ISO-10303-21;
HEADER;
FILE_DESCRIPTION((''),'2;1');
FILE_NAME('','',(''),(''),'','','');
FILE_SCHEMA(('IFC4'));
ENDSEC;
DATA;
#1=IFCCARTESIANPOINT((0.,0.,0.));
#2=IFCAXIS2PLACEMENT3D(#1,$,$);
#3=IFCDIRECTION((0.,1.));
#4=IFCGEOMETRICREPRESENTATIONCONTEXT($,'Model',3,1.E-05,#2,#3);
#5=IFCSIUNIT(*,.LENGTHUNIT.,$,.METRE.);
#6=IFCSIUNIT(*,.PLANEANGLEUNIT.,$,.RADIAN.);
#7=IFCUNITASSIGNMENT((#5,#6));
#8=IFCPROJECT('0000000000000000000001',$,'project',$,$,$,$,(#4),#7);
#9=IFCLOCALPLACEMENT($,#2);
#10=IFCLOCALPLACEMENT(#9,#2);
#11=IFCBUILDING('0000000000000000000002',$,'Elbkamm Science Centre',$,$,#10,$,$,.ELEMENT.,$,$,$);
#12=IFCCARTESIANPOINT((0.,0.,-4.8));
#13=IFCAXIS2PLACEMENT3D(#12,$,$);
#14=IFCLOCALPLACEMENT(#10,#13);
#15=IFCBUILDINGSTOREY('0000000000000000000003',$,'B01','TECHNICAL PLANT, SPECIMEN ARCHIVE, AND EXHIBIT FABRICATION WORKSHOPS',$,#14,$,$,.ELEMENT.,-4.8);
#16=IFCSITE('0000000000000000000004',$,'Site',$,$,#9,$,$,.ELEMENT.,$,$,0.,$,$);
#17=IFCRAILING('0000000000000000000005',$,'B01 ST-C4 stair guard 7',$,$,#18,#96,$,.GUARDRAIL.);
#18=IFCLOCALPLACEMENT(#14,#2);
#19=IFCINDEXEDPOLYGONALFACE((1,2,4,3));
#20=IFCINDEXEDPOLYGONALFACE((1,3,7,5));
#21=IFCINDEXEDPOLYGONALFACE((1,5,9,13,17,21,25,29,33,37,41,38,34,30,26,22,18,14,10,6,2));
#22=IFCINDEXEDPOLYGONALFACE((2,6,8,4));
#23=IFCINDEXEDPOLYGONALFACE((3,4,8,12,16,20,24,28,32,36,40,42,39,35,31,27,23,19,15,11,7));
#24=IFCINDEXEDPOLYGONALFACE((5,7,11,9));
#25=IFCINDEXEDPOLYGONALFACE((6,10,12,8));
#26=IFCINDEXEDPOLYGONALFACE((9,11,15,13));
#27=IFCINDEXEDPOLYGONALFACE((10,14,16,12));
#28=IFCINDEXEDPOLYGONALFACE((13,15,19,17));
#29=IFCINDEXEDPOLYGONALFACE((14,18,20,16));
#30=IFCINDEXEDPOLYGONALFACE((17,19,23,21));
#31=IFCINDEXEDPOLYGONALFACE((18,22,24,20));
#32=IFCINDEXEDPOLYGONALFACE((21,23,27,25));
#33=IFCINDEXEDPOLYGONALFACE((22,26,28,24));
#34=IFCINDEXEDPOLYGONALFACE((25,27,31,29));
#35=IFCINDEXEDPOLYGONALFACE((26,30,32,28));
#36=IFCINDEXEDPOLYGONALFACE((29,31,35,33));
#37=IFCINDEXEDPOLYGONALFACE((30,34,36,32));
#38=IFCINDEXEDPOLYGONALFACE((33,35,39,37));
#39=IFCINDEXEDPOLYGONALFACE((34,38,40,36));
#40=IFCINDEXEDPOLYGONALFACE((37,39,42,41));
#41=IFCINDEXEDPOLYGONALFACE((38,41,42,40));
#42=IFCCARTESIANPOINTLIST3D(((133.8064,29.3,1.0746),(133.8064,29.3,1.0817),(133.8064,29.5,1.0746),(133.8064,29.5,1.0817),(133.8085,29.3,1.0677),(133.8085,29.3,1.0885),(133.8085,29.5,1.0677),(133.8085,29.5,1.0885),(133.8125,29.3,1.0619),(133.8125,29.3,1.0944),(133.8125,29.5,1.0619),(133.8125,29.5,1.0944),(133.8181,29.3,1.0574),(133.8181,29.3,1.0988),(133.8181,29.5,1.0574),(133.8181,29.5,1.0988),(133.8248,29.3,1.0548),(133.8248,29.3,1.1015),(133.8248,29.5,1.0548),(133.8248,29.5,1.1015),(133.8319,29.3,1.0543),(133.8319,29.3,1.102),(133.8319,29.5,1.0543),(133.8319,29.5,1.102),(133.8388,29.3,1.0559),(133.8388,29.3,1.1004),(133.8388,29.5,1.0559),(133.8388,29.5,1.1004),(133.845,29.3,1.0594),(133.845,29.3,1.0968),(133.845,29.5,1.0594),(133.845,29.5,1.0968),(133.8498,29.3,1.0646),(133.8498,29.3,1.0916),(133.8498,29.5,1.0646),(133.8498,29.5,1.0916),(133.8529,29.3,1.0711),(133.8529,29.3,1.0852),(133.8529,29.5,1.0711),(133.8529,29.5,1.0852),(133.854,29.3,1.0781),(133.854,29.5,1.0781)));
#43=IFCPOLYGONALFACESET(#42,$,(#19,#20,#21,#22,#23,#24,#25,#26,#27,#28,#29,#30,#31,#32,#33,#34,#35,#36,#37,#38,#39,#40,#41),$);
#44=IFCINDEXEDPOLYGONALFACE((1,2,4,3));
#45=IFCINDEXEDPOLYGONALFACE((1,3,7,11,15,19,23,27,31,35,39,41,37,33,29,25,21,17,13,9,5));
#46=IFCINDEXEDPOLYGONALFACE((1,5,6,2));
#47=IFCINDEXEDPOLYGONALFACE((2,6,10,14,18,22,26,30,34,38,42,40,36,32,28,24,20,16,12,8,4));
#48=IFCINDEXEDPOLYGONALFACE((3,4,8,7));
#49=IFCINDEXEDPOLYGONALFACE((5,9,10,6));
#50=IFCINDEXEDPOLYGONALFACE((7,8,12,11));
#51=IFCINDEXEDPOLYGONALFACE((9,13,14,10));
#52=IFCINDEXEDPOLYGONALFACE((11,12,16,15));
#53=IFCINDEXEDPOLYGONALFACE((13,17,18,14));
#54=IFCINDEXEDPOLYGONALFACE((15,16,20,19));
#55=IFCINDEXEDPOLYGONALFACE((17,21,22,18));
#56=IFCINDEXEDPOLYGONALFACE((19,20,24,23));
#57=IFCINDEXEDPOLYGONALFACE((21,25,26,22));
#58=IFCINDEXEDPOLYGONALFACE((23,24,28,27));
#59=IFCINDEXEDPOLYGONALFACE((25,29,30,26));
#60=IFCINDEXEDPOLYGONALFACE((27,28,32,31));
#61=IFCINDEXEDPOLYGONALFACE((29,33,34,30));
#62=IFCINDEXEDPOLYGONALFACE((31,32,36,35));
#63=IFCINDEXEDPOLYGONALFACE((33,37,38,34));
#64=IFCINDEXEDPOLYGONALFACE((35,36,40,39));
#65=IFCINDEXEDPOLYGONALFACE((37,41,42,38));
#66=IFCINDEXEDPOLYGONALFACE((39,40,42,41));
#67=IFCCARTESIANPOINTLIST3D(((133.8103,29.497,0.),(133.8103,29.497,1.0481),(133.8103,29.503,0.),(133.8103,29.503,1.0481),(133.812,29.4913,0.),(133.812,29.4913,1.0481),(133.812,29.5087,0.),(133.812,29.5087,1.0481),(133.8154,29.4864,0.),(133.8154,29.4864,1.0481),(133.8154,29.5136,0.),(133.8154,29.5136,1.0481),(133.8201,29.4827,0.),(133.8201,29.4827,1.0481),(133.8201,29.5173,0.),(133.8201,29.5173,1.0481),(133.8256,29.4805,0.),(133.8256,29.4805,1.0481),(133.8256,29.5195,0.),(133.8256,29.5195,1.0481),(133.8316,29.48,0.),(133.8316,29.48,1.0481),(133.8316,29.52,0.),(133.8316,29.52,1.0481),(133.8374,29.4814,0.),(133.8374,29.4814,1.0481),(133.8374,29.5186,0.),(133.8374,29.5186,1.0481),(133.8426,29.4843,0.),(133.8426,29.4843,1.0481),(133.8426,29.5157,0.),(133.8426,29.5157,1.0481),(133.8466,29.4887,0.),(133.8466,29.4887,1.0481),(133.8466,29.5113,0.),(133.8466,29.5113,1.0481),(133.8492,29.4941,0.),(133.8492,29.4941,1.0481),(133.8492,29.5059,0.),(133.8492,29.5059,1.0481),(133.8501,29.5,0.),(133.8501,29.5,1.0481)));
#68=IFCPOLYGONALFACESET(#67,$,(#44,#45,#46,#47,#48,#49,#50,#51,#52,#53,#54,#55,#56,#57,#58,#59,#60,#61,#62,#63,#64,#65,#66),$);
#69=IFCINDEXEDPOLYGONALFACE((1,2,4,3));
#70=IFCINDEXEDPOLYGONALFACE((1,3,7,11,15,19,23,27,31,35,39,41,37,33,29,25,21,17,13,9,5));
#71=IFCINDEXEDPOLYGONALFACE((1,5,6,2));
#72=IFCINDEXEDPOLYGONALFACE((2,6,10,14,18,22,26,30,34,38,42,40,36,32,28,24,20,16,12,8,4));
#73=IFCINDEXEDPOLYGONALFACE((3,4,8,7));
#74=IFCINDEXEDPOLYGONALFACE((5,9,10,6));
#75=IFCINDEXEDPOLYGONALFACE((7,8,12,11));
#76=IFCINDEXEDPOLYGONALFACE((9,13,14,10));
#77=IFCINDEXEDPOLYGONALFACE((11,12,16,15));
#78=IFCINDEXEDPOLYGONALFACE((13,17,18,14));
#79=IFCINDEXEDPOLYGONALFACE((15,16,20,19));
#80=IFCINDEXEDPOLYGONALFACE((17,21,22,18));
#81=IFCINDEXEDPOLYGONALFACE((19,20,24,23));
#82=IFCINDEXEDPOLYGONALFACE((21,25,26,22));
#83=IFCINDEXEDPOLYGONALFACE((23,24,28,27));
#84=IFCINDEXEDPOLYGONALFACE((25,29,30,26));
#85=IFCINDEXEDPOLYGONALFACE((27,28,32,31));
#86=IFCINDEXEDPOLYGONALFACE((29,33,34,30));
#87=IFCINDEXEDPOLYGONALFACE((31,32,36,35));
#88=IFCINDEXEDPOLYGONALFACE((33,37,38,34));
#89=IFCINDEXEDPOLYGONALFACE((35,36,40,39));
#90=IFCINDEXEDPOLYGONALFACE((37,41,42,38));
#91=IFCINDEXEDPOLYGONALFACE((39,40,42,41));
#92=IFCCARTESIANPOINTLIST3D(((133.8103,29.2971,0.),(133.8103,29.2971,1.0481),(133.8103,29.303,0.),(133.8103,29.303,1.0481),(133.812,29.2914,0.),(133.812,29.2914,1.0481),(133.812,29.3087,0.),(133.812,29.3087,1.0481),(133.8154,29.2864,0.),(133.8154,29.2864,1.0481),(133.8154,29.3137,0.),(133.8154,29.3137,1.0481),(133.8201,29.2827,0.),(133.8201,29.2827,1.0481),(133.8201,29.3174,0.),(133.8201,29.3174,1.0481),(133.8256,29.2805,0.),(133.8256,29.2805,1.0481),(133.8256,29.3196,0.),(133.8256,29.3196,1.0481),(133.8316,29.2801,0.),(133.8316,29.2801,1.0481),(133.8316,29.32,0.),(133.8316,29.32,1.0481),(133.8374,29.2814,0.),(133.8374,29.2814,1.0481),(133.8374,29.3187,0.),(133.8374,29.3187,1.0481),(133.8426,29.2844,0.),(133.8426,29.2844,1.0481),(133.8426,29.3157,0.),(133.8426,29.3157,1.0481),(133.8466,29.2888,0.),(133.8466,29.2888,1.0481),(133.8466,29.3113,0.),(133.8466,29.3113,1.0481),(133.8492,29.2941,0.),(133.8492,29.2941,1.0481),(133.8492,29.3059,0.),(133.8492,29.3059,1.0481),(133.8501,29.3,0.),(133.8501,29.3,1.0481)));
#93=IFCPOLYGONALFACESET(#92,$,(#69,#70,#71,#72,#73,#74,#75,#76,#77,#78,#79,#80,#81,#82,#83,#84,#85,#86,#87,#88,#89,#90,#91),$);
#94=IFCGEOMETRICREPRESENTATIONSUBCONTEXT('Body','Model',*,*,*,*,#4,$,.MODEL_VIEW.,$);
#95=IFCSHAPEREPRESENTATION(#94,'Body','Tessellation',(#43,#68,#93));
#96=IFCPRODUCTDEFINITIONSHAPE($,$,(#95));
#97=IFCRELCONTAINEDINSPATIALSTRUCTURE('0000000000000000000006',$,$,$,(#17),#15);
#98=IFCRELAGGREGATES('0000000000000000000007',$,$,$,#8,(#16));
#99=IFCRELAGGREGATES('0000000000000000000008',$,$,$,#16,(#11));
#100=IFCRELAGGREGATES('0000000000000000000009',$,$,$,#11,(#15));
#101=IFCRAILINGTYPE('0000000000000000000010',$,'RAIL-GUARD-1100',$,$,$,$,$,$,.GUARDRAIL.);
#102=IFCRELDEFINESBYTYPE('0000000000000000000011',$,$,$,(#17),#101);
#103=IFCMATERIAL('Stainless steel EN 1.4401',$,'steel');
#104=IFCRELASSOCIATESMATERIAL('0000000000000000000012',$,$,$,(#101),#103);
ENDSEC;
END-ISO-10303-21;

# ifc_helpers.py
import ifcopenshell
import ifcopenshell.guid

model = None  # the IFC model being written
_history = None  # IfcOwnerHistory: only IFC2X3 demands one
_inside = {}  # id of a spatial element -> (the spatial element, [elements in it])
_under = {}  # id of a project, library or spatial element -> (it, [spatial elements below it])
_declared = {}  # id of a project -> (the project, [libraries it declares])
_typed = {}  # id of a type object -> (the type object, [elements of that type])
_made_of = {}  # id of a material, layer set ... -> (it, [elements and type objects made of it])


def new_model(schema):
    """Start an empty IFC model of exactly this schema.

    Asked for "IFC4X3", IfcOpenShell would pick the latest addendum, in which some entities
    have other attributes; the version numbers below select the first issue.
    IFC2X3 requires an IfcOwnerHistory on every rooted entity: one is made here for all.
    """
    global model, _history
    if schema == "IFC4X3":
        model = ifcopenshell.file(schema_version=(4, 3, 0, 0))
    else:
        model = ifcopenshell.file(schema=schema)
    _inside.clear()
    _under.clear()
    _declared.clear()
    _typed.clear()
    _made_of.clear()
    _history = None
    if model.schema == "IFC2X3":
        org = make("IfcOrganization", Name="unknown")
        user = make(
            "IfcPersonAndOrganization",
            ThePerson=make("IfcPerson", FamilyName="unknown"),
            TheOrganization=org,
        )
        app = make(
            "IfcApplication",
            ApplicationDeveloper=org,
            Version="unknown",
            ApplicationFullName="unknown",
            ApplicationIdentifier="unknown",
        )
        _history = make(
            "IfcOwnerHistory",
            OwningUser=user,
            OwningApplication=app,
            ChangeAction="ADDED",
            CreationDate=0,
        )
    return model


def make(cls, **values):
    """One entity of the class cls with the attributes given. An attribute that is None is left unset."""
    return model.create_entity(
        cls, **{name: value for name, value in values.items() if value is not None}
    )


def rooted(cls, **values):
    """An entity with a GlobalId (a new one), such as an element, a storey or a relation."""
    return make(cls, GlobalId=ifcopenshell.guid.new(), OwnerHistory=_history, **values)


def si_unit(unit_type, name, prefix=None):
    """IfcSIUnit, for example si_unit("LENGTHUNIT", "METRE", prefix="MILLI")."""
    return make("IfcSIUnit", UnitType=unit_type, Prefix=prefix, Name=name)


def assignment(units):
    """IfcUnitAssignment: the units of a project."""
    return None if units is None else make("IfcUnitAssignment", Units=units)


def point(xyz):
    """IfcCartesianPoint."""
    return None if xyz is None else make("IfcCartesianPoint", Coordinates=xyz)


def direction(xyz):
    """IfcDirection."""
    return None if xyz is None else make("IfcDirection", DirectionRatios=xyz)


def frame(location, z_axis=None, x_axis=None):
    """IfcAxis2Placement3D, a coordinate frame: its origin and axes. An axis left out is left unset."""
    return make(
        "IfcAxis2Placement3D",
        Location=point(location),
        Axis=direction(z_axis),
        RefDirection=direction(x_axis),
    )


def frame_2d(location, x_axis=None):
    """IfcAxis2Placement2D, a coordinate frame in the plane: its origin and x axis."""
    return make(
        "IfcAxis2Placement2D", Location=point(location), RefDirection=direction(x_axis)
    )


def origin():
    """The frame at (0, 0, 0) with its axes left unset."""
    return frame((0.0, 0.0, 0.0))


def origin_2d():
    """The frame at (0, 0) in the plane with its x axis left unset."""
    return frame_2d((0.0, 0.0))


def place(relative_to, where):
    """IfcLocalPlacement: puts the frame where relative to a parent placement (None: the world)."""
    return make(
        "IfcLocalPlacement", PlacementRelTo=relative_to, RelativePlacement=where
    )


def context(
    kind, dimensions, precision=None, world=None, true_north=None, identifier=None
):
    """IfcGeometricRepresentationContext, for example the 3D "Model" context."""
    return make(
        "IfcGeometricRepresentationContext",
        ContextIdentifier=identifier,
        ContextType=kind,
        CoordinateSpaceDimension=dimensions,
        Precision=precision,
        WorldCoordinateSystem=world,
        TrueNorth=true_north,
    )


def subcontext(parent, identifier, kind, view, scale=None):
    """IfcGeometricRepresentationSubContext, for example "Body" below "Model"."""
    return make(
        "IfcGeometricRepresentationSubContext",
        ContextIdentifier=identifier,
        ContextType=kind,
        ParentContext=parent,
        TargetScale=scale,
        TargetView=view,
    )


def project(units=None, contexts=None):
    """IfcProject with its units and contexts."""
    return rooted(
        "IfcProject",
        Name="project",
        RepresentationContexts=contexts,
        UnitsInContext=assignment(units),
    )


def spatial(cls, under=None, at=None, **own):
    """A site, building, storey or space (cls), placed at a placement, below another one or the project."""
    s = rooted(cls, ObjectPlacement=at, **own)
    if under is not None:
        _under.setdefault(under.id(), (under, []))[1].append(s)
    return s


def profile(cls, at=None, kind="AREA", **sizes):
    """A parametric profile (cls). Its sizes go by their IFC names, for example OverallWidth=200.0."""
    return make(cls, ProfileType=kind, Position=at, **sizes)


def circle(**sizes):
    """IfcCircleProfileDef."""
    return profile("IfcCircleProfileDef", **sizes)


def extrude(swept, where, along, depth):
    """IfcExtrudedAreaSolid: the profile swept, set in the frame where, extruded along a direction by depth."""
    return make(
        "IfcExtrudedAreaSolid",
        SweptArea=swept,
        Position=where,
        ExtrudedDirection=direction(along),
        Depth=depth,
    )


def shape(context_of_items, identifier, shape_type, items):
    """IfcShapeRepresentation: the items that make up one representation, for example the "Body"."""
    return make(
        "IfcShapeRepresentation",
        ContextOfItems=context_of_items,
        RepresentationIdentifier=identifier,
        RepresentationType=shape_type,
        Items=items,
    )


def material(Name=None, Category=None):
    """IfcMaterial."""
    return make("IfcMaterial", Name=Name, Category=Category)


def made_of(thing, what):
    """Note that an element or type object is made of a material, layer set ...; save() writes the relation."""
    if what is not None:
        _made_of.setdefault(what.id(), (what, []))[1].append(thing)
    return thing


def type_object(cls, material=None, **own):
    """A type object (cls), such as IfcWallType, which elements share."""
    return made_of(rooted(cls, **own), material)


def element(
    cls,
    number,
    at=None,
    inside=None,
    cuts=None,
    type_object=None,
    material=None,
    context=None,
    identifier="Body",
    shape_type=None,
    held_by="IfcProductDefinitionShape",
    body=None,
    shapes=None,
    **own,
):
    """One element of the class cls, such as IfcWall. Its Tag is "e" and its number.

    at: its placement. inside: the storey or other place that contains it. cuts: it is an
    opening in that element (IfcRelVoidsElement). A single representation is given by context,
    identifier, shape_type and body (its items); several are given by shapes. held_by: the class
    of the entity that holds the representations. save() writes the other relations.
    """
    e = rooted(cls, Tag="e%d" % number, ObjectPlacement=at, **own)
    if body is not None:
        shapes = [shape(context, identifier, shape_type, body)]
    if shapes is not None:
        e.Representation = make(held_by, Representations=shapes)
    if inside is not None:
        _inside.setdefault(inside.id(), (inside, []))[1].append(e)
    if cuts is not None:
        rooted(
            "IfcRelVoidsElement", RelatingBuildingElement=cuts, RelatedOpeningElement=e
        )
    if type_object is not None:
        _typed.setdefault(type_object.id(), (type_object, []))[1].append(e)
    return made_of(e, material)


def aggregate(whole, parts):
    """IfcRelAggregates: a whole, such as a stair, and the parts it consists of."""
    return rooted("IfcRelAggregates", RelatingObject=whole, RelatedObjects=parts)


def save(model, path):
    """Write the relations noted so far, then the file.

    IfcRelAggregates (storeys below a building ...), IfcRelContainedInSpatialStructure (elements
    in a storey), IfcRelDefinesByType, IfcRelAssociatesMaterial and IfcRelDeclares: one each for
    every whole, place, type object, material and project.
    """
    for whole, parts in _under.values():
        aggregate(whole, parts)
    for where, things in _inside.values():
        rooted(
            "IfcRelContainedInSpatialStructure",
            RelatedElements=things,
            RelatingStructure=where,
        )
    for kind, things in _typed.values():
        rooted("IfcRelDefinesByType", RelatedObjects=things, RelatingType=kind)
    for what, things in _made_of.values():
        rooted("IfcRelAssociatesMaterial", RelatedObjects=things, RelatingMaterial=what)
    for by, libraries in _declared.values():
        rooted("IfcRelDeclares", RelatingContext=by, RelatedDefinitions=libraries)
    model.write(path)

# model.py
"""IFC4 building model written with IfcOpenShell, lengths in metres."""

from ifc_helpers import new_model, si_unit, direction, frame, origin, origin_2d, place, context, subcontext, project, spatial, circle, extrude, material, type_object, element, save


model = new_model("IFC4")

# Units and contexts
model_context = context("Model", 3, precision=1e-05, world=origin(), true_north=direction((0.0, 1.0)))
body_context = subcontext(model_context, "Body", "Model", "MODEL_VIEW")
ifc_project = project(units=[si_unit("LENGTHUNIT", "METRE"), si_unit("PLANEANGLEUNIT", "RADIAN")], contexts=[model_context])

# Site, building, storey
site_placement = place(None, origin())
site = spatial("IfcSite", under=ifc_project, at=site_placement, Name="Site", CompositionType="ELEMENT", RefElevation=0.0)
building_placement = place(site_placement, origin())
building = spatial("IfcBuilding", under=site, at=building_placement, Name="Elbkamm Science Centre", CompositionType="ELEMENT")
storey_placement = place(building_placement, frame((0.0, 0.0, -4.8)))
storey = spatial("IfcBuildingStorey", under=building, at=storey_placement, Name="B01", Description="TECHNICAL PLANT, SPECIMEN ARCHIVE, AND EXHIBIT FABRICATION WORKSHOPS", CompositionType="ELEMENT", Elevation=-4.8)

# Railing
ifc_material_1 = material(Name="Stainless steel EN 1.4401", Category="steel")
railing_type_1 = type_object("IfcRailingType", Name="RAIL-GUARD-1100", PredefinedType="GUARDRAIL", material=ifc_material_1)
railing_1_placement = place(storey_placement, frame((133.8301, 29.5, 0.0)))
element("IfcRailing", 1, at=railing_1_placement, inside=storey, type_object=railing_type_1, Name="B01 ST-C4 stair guard 7", PredefinedType="GUARDRAIL", context=body_context, shape_type="SweptSolid", body=[
    extrude(circle(Radius=0.0239, at=origin_2d()), frame((0.0, 0.0, 1.0781), z_axis=(0.0, -1.0, 0.0), x_axis=(1.0, 0.0, 0.0)), (0.0, 0.0, 1.0), 0.2),
    extrude(circle(Radius=0.02, at=origin_2d()), origin(), (0.0, 0.0, 1.0), 1.0481),
    extrude(circle(Radius=0.02, at=origin_2d()), frame((0.0, -0.2, 0.0)), (0.0, 0.0, 1.0), 1.0481),
])

save(model, "model.ifc")
